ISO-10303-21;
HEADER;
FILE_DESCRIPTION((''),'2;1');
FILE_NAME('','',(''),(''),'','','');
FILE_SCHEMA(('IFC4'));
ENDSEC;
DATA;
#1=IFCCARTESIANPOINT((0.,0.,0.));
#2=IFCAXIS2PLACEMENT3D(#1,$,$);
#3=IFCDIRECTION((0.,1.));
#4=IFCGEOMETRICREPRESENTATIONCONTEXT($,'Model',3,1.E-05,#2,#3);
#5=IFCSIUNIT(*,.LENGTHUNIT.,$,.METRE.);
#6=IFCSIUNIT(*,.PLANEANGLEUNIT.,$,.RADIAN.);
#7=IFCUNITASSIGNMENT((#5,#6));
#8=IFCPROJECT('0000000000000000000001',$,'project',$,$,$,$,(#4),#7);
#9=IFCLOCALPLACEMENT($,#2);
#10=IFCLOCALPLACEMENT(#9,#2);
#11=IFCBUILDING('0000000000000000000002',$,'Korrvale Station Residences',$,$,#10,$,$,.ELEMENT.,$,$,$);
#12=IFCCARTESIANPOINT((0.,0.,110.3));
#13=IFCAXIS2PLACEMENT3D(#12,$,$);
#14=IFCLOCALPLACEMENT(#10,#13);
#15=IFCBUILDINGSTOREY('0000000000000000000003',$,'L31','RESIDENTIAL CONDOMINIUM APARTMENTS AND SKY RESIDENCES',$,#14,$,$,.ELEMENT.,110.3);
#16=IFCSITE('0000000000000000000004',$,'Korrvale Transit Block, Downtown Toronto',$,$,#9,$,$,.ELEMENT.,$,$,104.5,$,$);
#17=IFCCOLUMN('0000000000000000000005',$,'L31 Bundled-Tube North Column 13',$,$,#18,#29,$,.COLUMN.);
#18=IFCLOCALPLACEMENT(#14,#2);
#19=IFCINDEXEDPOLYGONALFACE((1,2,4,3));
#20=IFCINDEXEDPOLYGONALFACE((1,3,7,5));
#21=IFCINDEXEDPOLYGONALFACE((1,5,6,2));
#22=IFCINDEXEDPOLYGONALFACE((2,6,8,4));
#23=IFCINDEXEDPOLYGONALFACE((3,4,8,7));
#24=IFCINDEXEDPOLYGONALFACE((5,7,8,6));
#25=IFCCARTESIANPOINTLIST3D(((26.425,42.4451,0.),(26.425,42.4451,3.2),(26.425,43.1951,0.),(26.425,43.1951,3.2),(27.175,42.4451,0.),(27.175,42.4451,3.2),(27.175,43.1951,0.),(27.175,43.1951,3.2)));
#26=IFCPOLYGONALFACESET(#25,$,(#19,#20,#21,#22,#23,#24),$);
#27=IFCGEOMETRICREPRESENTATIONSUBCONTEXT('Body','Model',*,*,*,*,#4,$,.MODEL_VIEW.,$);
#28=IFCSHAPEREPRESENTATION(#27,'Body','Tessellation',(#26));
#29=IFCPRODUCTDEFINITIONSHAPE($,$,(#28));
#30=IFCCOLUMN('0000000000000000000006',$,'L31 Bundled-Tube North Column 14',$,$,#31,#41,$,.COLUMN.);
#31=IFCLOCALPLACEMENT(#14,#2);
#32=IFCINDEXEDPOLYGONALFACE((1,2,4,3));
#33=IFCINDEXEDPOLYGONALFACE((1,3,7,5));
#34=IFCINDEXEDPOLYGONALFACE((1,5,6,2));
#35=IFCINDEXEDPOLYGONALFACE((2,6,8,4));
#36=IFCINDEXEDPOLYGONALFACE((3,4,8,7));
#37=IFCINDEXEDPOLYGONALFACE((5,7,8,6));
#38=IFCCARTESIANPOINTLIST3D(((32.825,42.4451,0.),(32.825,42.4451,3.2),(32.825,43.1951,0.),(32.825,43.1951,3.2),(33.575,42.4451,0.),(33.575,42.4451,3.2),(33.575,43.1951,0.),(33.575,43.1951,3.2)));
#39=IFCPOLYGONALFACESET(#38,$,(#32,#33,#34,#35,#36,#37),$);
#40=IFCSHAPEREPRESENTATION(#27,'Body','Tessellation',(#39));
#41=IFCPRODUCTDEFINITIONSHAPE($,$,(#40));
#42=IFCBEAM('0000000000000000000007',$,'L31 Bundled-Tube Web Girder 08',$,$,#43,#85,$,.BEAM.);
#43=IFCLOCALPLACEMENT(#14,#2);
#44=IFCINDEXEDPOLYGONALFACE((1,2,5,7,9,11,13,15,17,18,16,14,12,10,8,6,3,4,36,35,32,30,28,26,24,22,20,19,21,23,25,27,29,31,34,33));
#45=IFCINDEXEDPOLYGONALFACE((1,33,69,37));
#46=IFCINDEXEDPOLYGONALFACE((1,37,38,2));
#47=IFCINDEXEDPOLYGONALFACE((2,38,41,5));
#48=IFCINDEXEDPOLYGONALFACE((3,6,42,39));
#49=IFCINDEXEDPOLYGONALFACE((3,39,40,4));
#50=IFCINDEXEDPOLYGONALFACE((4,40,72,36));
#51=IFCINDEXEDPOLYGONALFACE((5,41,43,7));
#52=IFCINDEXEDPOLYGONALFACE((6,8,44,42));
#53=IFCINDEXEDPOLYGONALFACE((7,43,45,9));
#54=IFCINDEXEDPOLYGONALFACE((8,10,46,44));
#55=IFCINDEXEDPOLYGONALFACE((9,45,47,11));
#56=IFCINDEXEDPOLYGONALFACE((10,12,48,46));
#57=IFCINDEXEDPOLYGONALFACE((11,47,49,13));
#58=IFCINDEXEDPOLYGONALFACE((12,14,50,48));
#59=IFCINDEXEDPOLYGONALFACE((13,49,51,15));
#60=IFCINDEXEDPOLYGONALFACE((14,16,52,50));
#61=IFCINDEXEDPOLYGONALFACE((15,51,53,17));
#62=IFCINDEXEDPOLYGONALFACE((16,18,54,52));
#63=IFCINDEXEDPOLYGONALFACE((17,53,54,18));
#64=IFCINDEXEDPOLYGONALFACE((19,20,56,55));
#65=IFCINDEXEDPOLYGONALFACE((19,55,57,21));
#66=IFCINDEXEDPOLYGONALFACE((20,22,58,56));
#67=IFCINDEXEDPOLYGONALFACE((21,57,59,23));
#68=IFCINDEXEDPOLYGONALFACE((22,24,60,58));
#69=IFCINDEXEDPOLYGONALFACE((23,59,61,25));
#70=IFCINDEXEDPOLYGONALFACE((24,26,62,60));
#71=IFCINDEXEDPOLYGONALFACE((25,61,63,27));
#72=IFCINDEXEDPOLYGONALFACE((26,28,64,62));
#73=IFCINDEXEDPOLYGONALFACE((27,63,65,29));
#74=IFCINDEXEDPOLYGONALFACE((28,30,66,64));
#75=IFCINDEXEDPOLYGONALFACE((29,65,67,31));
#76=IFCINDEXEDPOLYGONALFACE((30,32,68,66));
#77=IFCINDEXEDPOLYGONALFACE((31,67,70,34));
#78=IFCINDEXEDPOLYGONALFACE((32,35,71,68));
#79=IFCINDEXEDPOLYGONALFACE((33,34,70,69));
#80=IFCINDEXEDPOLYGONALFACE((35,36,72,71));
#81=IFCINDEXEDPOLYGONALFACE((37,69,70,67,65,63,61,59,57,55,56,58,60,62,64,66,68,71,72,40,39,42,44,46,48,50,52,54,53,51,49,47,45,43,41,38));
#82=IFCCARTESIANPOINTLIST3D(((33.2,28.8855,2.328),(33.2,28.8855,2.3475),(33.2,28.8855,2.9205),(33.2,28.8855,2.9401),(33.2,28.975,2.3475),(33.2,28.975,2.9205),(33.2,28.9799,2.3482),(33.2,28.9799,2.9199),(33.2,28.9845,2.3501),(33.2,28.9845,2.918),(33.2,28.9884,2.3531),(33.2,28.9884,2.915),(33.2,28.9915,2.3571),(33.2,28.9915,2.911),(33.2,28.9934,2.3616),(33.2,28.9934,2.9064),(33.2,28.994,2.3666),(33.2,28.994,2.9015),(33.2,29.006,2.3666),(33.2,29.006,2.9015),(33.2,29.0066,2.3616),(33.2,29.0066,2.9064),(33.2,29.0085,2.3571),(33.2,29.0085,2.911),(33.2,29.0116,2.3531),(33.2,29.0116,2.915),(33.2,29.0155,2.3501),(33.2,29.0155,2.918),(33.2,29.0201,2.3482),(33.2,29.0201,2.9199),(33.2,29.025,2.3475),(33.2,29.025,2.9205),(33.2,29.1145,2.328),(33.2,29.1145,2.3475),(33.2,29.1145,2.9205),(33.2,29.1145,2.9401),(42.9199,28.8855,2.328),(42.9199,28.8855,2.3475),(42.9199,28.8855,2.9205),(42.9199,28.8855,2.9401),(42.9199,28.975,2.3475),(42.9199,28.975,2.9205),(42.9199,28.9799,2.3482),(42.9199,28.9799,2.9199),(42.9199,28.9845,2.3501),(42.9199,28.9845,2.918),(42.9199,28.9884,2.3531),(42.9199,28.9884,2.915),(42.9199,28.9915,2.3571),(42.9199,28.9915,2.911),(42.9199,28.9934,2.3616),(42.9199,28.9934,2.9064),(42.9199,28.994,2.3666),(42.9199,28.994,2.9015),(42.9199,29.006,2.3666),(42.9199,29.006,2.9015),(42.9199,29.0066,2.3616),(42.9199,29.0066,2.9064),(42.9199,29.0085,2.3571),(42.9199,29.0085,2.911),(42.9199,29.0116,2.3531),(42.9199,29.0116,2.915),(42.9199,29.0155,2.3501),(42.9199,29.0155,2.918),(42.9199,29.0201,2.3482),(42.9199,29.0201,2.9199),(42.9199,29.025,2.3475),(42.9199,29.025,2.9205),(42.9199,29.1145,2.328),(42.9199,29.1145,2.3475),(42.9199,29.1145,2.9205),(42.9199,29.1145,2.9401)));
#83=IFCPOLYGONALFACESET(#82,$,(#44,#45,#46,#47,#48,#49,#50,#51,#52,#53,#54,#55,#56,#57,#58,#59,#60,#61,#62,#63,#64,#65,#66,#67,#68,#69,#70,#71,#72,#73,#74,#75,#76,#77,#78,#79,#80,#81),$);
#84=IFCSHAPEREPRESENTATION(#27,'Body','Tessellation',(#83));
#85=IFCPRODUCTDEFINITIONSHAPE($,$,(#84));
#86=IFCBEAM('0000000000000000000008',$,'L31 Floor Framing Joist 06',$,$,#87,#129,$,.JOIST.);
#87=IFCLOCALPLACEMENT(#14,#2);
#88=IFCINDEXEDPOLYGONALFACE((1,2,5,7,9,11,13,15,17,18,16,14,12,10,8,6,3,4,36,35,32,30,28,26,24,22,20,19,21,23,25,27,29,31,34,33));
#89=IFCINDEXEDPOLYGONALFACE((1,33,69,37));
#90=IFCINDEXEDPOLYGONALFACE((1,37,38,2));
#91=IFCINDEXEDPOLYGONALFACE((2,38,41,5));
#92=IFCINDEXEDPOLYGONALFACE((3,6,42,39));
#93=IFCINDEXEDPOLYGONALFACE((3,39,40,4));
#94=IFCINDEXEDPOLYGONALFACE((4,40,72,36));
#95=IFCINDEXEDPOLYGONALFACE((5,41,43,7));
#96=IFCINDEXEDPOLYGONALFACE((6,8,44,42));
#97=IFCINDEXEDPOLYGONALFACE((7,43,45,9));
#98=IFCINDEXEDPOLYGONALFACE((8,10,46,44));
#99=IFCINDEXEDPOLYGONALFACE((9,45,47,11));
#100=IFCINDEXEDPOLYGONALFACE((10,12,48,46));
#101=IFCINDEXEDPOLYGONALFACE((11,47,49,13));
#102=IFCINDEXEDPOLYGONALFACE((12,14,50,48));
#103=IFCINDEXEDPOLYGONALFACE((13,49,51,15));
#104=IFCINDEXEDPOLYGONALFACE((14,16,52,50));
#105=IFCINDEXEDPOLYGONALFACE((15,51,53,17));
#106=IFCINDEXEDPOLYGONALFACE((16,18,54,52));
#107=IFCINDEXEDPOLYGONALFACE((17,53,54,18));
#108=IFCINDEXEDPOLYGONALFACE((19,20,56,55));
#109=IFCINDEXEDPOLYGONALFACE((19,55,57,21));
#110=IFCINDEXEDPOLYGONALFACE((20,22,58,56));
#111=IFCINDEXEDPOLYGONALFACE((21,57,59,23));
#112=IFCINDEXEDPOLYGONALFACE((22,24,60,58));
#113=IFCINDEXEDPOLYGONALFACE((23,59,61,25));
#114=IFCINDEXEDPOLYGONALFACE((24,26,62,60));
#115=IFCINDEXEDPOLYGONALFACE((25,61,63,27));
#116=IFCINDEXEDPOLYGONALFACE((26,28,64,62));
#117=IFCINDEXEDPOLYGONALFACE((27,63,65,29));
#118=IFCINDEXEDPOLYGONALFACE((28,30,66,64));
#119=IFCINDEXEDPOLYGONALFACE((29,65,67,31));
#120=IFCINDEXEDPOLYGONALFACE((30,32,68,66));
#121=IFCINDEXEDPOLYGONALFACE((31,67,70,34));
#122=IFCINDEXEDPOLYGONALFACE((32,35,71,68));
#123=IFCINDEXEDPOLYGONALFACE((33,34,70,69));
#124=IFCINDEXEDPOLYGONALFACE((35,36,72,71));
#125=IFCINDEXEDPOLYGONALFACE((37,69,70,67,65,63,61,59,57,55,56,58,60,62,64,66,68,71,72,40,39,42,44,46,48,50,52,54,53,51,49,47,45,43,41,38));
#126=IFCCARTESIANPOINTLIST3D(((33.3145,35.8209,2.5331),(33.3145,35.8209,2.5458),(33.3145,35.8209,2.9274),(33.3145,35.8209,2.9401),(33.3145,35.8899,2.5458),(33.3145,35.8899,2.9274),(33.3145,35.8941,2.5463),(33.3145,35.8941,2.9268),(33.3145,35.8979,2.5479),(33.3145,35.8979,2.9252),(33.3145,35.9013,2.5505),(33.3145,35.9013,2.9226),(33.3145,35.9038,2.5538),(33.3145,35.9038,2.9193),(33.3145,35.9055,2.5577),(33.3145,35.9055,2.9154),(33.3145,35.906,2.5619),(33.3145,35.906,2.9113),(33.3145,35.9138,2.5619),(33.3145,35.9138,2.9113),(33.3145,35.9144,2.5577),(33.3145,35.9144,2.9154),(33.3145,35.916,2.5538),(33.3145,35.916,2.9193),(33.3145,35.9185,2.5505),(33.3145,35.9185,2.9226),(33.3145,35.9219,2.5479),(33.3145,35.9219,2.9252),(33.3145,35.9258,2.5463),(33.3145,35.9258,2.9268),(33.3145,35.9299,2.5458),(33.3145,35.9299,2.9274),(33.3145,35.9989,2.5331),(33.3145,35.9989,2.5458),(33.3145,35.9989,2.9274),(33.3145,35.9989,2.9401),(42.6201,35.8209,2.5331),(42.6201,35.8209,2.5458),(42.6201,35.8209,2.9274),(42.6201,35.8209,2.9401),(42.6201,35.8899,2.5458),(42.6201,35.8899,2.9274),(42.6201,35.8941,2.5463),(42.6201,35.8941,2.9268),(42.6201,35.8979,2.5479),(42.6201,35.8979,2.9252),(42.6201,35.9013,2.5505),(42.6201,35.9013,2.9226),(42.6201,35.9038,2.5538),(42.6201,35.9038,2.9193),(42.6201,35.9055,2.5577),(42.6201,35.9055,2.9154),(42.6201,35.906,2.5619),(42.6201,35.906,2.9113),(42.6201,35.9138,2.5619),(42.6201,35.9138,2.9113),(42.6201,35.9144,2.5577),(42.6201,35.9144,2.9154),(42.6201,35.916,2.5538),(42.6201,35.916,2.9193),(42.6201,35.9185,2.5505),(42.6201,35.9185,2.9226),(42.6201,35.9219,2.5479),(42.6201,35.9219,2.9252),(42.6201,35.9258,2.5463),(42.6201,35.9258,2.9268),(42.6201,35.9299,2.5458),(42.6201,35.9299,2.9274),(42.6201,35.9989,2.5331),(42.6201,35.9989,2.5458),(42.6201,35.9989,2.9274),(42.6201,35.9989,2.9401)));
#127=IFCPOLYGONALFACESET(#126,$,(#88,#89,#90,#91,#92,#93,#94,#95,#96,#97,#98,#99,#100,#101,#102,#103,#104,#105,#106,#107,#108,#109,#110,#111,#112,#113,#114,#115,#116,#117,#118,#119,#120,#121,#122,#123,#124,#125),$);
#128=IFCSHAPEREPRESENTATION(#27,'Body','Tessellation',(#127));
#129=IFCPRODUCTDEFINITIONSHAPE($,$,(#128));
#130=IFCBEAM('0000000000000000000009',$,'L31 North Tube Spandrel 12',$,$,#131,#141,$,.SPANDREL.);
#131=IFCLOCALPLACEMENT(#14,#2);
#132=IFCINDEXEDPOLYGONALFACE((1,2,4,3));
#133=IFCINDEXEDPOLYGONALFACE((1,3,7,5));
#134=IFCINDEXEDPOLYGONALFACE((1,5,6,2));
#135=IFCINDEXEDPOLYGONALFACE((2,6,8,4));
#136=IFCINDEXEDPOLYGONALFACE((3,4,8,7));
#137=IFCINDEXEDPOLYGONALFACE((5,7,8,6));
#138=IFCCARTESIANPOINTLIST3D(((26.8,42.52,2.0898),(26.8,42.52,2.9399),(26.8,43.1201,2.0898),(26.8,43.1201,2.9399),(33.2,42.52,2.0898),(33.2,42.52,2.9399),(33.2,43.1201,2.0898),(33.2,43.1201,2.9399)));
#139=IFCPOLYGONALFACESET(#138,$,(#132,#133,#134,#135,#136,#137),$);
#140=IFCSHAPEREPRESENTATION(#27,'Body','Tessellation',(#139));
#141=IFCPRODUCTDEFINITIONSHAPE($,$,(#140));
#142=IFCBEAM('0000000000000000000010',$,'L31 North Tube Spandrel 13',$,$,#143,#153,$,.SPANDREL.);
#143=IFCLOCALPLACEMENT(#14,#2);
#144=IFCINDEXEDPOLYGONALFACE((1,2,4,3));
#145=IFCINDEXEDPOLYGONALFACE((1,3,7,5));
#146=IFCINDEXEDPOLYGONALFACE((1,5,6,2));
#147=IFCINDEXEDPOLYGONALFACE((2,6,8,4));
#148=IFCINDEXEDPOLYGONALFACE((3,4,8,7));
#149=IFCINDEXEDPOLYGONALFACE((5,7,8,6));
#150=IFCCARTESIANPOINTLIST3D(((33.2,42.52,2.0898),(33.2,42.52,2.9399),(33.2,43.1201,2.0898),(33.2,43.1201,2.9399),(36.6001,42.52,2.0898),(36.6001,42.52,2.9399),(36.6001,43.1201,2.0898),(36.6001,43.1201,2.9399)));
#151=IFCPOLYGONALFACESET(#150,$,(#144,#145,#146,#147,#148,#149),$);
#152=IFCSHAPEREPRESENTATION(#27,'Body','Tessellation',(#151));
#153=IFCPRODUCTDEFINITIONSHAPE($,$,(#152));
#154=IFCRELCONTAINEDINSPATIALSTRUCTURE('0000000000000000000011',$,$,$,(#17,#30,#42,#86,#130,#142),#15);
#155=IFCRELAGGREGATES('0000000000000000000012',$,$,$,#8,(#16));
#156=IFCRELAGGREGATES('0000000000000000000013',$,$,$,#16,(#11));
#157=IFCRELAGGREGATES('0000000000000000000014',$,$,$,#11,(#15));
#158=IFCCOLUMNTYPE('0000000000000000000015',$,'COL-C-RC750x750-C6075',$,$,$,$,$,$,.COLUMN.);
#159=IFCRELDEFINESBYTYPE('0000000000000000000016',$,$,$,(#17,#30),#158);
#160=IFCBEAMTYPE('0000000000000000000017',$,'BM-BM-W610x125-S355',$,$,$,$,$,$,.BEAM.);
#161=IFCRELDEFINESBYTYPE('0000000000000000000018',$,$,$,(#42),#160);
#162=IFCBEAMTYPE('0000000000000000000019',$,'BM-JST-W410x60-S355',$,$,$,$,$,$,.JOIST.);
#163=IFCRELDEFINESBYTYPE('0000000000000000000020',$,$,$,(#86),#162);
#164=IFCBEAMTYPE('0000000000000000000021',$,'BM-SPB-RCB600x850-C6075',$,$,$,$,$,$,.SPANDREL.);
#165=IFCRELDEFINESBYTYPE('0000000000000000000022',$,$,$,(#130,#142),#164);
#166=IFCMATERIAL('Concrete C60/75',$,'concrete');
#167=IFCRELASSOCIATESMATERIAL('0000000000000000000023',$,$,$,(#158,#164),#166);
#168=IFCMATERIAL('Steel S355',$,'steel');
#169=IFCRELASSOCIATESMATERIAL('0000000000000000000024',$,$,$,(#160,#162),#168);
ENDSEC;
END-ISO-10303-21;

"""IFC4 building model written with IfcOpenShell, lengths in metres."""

from ifc_helpers import new_model, si_unit, direction, frame, origin, origin_2d, place, context, subcontext, project, spatial, rectangle, i_section, extrude, material, material_profile, profile_set, type_object, element, save


model = new_model("IFC4")

# Units and contexts
model_context = context("Model", 3, precision=1e-05, world=origin(), true_north=direction((0.0, 1.0)))
body_context = subcontext(model_context, "Body", "Model", "MODEL_VIEW")
ifc_project = project(units=[si_unit("LENGTHUNIT", "METRE"), si_unit("PLANEANGLEUNIT", "RADIAN")], contexts=[model_context])

# Site, building, storey
site_placement = place(None, origin())
site = spatial("IfcSite", under=ifc_project, at=site_placement, Name="Korrvale Transit Block, Downtown Toronto", CompositionType="ELEMENT", RefElevation=104.5)
building_placement = place(site_placement, origin())
building = spatial("IfcBuilding", under=site, at=building_placement, Name="Korrvale Station Residences", CompositionType="ELEMENT")
storey_placement = place(building_placement, frame((0.0, 0.0, 110.3)))
storey = spatial("IfcBuildingStorey", under=building, at=storey_placement, Name="L31", Description="RESIDENTIAL CONDOMINIUM APARTMENTS AND SKY RESIDENCES", CompositionType="ELEMENT", Elevation=110.3)

# Columns
ifc_material_1 = material(Name="Concrete C60/75", Category="concrete")
ifc_material_profile_1 = material_profile(ifc_material_1, rectangle(XDim=0.75, YDim=0.75, at=origin_2d()), Name="RC750x750")
ifc_profile_set_1 = profile_set([ifc_material_profile_1], Name="Concrete C60/75")
column_type = type_object("IfcColumnType", Name="COL-C-RC750x750-C6075", PredefinedType="COLUMN", material=ifc_profile_set_1)
for number, where, z_axis, x_axis, name in (
    (1, (26.8, 42.8201, 0.0), (0.0, 0.0, 1.0), (1.0, 0.0, 0.0), "L31 Bundled-Tube North Column 13"),
    (2, (33.2, 42.8201, 0.0), (0.0, 0.0, 1.0), (1.0, 0.0, 0.0), "L31 Bundled-Tube North Column 14"),
):
    element("IfcColumn", number, at=place(storey_placement, frame(where, z_axis=z_axis, x_axis=x_axis)), inside=storey, type_object=column_type, Name=name, PredefinedType="COLUMN", context=body_context, shape_type="SweptSolid", body=[
        extrude(rectangle(XDim=0.75, YDim=0.75, at=origin_2d()), origin(), (0.0, 0.0, 1.0), 3.2),
    ])

# Beams
ifc_material_2 = material(Name="Steel S355", Category="steel")
ifc_material_profile_2 = material_profile(ifc_material_2, i_section(OverallWidth=0.229, OverallDepth=0.6121, WebThickness=0.012, FlangeThickness=0.0195, FilletRadius=0.019, at=origin_2d()), Name="W610x125")
ifc_profile_set_2 = profile_set([ifc_material_profile_2], Name="Steel S355")
beam_type_1 = type_object("IfcBeamType", Name="BM-BM-W610x125-S355", PredefinedType="BEAM", material=ifc_profile_set_2)
beam_1_placement = place(storey_placement, frame((33.2, 29.0, 2.634), z_axis=(1.0, 0.0, 0.0), x_axis=(0.0, 1.0, 0.0)))
element("IfcBeam", 3, at=beam_1_placement, inside=storey, type_object=beam_type_1, Name="L31 Bundled-Tube Web Girder 08", PredefinedType="BEAM", context=body_context, shape_type="SweptSolid", body=[
    extrude(i_section(OverallWidth=0.229, OverallDepth=0.6121, WebThickness=0.012, FlangeThickness=0.0195, FilletRadius=0.019, at=origin_2d()), origin(), (0.0, 0.0, 1.0), 9.72),
])
ifc_material_profile_3 = material_profile(ifc_material_2, i_section(OverallWidth=0.178, OverallDepth=0.407, WebThickness=0.0078, FlangeThickness=0.0127, FilletRadius=0.0161, at=origin_2d()), Name="W410x60")
ifc_profile_set_3 = profile_set([ifc_material_profile_3], Name="Steel S355")
beam_type_2 = type_object("IfcBeamType", Name="BM-JST-W410x60-S355", PredefinedType="JOIST", material=ifc_profile_set_3)
beam_2_placement = place(storey_placement, frame((33.3145, 35.9099, 2.7366), z_axis=(1.0, 0.0, 0.0), x_axis=(0.0, 1.0, 0.0)))
element("IfcBeam", 4, at=beam_2_placement, inside=storey, type_object=beam_type_2, Name="L31 Floor Framing Joist 06", PredefinedType="JOIST", context=body_context, shape_type="SweptSolid", body=[
    extrude(i_section(OverallWidth=0.178, OverallDepth=0.407, WebThickness=0.0078, FlangeThickness=0.0127, FilletRadius=0.0161, at=origin_2d()), origin(), (0.0, 0.0, 1.0), 9.3057),
])
ifc_material_profile_4 = material_profile(ifc_material_1, rectangle(XDim=0.6001, YDim=0.8501, at=origin_2d()), Name="RCB600x850")
ifc_profile_set_4 = profile_set([ifc_material_profile_4], Name="Concrete C60/75")
beam_type_3 = type_object("IfcBeamType", Name="BM-SPB-RCB600x850-C6075", PredefinedType="SPANDREL", material=ifc_profile_set_4)
beam_3_placement = place(storey_placement, frame((26.8, 42.8201, 2.5149), z_axis=(1.0, 0.0, 0.0), x_axis=(0.0, 1.0, 0.0)))
element("IfcBeam", 5, at=beam_3_placement, inside=storey, type_object=beam_type_3, Name="L31 North Tube Spandrel 12", PredefinedType="SPANDREL", context=body_context, shape_type="SweptSolid", body=[
    extrude(rectangle(XDim=0.6001, YDim=0.8501, at=origin_2d()), origin(), (0.0, 0.0, 1.0), 6.3999),
])
beam_4_placement = place(storey_placement, frame((33.2, 42.8201, 2.5149), z_axis=(1.0, 0.0, 0.0), x_axis=(0.0, 1.0, 0.0)))
element("IfcBeam", 6, at=beam_4_placement, inside=storey, type_object=beam_type_3, Name="L31 North Tube Spandrel 13", PredefinedType="SPANDREL", context=body_context, shape_type="SweptSolid", body=[
    extrude(rectangle(XDim=0.6001, YDim=0.8501, at=origin_2d()), origin(), (0.0, 0.0, 1.0), 3.4001),
])

save(model, "model.ifc")
